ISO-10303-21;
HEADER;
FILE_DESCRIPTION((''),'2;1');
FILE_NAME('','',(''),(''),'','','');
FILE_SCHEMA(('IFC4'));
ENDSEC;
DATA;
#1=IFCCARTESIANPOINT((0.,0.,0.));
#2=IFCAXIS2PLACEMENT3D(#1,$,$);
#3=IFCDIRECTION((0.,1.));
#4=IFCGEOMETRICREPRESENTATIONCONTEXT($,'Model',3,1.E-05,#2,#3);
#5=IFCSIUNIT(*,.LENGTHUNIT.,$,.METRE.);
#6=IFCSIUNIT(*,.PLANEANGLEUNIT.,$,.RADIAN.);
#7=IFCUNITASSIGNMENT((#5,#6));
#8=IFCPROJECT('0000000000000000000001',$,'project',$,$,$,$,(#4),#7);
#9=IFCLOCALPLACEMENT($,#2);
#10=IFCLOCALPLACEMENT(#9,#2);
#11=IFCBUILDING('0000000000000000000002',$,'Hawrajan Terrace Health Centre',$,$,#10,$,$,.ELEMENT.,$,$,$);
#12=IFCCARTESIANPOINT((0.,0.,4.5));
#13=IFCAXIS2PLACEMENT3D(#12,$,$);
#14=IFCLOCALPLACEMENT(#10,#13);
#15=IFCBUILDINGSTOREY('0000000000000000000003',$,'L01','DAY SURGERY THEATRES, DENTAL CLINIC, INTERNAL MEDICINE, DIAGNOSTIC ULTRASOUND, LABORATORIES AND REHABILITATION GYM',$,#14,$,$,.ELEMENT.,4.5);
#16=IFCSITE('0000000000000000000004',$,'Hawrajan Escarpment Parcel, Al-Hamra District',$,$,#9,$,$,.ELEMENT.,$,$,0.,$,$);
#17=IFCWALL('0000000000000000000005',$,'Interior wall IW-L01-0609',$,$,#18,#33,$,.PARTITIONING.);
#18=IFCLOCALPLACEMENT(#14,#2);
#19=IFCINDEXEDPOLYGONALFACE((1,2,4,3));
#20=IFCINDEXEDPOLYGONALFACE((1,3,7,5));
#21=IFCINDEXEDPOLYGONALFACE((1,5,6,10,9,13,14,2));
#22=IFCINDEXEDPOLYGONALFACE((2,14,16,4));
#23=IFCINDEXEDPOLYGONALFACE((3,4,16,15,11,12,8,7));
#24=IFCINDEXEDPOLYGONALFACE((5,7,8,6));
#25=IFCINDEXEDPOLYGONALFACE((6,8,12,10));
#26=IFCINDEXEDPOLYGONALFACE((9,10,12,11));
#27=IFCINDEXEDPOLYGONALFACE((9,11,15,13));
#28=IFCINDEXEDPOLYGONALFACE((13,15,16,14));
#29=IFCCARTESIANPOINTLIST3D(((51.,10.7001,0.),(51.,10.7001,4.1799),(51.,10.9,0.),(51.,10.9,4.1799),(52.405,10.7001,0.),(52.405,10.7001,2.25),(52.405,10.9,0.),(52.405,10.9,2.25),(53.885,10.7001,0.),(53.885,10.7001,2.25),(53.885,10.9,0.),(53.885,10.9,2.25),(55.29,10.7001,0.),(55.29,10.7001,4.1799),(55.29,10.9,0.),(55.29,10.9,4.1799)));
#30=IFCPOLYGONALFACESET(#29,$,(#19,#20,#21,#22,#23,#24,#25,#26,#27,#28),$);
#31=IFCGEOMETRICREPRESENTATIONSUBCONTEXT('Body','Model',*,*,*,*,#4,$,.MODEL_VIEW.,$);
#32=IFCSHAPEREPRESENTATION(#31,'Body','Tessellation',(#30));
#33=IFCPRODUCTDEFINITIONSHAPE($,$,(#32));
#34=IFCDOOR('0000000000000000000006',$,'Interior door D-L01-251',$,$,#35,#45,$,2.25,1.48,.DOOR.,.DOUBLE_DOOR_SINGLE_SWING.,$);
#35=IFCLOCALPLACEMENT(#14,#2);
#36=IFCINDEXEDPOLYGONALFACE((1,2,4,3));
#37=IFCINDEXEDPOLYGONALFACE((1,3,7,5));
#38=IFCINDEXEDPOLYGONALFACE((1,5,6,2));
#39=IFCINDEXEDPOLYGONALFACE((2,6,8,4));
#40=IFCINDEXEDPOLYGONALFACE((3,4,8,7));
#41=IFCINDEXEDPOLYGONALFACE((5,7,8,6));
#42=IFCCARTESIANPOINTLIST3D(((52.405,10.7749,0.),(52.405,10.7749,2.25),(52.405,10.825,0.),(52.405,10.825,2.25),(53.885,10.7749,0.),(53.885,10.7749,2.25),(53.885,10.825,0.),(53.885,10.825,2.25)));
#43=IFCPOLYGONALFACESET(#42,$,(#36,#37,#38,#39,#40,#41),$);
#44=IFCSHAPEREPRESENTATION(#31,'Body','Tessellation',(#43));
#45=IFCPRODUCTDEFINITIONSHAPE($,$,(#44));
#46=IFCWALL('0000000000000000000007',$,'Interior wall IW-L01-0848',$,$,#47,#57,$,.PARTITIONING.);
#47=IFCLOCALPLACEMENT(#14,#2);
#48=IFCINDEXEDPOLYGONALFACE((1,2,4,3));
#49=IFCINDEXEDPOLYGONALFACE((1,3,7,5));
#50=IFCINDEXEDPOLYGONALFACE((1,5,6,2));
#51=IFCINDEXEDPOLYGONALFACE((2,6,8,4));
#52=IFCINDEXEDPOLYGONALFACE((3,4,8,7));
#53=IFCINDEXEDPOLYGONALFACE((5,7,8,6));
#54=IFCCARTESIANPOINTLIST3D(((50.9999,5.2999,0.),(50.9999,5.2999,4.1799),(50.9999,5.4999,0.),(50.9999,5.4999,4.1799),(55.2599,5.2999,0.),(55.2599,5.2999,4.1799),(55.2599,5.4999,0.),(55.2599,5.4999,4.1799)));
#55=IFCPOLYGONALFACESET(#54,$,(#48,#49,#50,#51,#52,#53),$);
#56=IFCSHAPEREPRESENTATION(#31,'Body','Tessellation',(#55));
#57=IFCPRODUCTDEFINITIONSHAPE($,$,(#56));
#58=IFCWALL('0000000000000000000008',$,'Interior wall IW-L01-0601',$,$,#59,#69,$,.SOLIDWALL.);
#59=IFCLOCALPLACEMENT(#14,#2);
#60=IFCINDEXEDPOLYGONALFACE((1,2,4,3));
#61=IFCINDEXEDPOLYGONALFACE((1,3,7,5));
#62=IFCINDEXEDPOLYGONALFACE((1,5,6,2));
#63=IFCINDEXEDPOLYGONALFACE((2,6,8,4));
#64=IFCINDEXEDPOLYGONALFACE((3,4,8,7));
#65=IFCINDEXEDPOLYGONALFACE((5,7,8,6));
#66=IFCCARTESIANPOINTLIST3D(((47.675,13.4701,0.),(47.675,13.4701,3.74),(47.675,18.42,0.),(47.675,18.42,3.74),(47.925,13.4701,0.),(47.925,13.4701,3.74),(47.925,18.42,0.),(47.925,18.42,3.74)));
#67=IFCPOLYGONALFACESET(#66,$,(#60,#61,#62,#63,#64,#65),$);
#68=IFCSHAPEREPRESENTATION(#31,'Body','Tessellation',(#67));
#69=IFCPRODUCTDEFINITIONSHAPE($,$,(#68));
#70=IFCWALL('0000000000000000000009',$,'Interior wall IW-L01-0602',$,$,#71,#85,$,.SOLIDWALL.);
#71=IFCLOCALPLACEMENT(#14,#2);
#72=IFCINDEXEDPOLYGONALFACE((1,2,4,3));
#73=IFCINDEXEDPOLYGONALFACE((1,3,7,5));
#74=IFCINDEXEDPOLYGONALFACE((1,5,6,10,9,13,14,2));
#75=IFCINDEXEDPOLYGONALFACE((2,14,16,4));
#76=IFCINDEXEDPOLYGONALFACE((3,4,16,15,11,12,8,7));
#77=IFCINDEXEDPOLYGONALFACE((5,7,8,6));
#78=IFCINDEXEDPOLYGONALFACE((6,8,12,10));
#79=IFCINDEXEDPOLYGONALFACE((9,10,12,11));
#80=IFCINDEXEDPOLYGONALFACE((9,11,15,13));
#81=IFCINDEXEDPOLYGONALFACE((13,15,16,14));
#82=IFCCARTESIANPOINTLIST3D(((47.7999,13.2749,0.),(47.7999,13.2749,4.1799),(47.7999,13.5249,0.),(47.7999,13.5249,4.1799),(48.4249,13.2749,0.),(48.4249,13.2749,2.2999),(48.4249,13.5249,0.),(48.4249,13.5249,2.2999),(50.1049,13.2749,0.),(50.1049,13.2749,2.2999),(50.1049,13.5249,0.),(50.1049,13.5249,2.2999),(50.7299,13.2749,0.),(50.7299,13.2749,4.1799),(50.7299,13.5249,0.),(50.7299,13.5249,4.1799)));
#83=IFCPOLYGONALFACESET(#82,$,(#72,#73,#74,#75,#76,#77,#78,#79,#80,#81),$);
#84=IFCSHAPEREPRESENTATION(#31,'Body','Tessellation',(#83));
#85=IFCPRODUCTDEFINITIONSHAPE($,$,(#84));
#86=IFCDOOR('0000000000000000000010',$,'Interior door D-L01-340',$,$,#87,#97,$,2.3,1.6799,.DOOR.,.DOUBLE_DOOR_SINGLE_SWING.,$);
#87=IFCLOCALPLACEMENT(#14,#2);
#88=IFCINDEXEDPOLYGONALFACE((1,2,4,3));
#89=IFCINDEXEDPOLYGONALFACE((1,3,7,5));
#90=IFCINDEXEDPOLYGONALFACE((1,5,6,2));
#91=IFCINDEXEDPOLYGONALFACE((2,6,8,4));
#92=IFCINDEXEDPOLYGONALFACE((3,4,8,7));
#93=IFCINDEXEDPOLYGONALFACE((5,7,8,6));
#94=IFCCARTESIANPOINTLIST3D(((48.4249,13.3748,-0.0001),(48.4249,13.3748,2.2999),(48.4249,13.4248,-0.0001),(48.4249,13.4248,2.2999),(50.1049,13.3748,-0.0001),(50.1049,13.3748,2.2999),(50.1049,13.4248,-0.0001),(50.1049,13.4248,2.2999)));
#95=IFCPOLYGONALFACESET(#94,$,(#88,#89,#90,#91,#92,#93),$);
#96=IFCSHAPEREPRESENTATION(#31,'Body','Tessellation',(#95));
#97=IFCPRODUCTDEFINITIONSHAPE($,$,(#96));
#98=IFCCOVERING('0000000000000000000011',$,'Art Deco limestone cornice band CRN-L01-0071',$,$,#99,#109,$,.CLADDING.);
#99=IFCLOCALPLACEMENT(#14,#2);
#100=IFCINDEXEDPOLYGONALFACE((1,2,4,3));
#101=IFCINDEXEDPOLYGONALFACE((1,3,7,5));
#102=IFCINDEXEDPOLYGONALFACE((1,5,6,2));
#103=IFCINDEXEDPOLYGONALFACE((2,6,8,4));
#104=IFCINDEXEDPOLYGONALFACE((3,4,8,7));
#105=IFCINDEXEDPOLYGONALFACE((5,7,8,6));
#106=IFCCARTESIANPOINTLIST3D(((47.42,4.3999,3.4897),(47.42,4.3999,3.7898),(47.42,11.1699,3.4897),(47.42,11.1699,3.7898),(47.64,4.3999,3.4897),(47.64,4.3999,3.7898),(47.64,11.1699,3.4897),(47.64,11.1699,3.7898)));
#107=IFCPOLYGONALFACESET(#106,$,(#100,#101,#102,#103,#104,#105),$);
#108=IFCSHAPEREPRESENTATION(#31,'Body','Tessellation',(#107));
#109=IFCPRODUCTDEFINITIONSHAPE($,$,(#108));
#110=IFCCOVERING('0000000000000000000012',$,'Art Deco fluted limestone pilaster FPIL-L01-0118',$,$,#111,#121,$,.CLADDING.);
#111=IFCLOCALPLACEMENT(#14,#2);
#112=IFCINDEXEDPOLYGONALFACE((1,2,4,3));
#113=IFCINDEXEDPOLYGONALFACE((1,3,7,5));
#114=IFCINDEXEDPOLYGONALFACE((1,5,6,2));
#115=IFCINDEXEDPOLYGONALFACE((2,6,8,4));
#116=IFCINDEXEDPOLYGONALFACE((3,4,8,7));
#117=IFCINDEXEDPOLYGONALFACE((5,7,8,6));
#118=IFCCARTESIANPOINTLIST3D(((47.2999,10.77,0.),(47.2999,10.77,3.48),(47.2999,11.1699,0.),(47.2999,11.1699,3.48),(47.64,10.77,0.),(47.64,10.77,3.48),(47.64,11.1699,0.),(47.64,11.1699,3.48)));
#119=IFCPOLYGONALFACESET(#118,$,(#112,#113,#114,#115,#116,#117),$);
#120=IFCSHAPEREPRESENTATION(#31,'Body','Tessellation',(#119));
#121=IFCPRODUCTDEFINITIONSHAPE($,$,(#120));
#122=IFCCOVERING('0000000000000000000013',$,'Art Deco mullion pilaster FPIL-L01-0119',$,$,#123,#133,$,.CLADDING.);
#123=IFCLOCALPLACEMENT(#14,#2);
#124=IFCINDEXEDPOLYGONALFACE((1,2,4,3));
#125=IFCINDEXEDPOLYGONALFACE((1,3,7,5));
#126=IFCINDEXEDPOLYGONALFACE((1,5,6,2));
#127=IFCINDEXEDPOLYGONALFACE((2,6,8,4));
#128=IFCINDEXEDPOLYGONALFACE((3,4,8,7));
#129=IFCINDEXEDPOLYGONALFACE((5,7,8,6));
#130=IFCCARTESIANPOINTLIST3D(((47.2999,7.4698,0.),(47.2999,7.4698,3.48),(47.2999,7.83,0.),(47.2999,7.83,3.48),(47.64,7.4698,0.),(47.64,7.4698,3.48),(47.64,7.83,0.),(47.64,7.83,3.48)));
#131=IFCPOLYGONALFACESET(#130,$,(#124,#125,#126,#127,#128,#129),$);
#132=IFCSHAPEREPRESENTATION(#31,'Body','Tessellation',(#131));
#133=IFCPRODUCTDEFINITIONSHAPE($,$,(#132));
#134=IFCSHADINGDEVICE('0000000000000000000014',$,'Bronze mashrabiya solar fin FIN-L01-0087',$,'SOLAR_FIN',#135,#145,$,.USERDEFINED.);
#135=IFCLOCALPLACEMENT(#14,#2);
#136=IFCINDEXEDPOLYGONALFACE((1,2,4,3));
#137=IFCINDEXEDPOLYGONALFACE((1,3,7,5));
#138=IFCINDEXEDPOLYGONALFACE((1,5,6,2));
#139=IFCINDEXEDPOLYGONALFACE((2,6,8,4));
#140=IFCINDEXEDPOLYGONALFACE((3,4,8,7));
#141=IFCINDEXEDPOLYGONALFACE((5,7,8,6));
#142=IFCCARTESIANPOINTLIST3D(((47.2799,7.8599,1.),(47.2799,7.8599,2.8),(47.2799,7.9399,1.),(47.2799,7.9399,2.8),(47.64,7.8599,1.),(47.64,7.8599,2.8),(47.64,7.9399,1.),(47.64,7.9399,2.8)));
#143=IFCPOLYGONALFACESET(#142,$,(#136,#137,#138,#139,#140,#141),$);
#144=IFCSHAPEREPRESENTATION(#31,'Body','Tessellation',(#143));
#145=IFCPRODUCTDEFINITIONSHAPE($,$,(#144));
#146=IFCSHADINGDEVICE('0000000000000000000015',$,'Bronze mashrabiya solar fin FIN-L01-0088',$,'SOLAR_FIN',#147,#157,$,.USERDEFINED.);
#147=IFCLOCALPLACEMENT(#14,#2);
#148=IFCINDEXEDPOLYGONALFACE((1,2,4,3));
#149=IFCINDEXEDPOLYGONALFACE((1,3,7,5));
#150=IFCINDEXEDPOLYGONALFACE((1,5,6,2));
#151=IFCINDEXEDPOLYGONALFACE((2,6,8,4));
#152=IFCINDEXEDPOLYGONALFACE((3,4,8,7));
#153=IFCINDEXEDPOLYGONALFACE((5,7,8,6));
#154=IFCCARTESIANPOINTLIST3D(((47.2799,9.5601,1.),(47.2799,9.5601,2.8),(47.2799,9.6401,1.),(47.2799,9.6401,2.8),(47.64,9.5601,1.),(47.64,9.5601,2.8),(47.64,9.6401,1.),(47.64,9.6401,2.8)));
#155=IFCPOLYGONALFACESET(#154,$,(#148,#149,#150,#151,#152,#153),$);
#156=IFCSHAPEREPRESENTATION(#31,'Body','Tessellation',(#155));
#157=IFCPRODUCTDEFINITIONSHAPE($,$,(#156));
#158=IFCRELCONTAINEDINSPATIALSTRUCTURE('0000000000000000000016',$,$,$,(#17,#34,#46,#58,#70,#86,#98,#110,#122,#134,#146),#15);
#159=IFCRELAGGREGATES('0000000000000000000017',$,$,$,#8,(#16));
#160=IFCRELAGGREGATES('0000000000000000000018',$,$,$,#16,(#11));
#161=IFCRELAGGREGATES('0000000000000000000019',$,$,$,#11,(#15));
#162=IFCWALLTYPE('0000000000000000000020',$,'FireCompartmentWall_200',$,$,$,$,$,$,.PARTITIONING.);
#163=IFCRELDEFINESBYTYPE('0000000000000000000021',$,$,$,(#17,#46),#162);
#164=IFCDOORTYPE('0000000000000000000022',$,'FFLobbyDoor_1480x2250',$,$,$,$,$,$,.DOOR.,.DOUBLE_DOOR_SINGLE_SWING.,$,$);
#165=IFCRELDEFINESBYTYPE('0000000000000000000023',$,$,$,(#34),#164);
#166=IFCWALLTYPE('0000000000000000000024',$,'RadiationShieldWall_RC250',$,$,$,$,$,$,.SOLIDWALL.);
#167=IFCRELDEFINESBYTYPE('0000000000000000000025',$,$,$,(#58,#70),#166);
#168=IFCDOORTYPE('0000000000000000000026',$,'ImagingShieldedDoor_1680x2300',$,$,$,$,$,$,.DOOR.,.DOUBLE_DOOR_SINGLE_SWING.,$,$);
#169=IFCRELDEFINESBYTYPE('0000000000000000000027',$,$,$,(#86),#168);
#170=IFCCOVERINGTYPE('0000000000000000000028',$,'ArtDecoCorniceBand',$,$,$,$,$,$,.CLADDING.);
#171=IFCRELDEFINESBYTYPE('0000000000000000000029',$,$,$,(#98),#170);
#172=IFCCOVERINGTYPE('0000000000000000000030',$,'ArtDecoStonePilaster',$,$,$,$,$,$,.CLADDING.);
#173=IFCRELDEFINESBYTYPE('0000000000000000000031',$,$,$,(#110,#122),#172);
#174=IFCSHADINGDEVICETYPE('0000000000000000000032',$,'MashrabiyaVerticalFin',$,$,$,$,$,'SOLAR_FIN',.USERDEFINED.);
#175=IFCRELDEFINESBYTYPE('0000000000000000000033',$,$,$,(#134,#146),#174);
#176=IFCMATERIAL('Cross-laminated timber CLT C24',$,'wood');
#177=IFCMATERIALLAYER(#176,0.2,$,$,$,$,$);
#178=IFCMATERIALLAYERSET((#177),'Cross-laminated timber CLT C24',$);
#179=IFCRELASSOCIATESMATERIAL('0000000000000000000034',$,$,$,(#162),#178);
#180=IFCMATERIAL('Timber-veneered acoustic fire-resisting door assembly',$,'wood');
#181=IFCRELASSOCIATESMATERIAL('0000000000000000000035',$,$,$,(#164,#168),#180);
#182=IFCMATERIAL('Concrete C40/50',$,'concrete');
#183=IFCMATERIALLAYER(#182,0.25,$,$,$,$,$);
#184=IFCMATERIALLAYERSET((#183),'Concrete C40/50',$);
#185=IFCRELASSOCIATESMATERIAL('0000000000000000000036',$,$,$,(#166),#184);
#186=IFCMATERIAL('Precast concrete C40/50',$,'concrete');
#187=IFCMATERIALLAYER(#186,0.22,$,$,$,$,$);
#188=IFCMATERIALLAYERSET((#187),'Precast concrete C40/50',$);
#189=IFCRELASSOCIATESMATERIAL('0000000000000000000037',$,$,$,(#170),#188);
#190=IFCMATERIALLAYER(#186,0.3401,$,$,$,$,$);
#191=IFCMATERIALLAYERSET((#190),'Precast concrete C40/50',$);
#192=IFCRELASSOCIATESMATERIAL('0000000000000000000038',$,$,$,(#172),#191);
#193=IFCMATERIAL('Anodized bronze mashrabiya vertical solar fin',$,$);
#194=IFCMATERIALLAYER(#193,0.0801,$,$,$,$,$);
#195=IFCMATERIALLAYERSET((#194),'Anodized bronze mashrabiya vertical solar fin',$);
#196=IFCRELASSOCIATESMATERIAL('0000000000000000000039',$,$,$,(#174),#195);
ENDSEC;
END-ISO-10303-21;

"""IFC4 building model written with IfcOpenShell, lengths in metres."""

from ifc_helpers import new_model, si_unit, direction, frame, frame_2d, origin, origin_2d, place, context, subcontext, project, spatial, rectangle, extrude, material, layer, layer_set, type_object, element, fill, save


model = new_model("IFC4")

# Units and contexts
model_context = context("Model", 3, precision=1e-05, world=origin(), true_north=direction((0.0, 1.0)))
body_context = subcontext(model_context, "Body", "Model", "MODEL_VIEW")
ifc_project = project(units=[si_unit("LENGTHUNIT", "METRE"), si_unit("PLANEANGLEUNIT", "RADIAN")], contexts=[model_context])

# Site, building, storey
site_placement = place(None, origin())
site = spatial("IfcSite", under=ifc_project, at=site_placement, Name="Hawrajan Escarpment Parcel, Al-Hamra District", CompositionType="ELEMENT", RefElevation=0.0)
building_placement = place(site_placement, origin())
building = spatial("IfcBuilding", under=site, at=building_placement, Name="Hawrajan Terrace Health Centre", CompositionType="ELEMENT")
storey_placement = place(building_placement, frame((0.0, 0.0, 4.5)))
storey = spatial("IfcBuildingStorey", under=building, at=storey_placement, Name="L01", Description="DAY SURGERY THEATRES, DENTAL CLINIC, INTERNAL MEDICINE, DIAGNOSTIC ULTRASOUND, LABORATORIES AND REHABILITATION GYM", CompositionType="ELEMENT", Elevation=4.5)

# Shared definitions
ifc_material_1 = material(Name="Concrete C40/50", Category="concrete")

# Wall, opening, door
ifc_material_2 = material(Name="Cross-laminated timber CLT C24", Category="wood")
ifc_layer_1 = layer(ifc_material_2, 0.2)
ifc_layer_set_1 = layer_set([ifc_layer_1], Name="Cross-laminated timber CLT C24")
wall_type_1 = type_object("IfcWallType", Name="FireCompartmentWall_200", PredefinedType="PARTITIONING", material=ifc_layer_set_1)
wall_1_placement = place(storey_placement, frame((51.0, 10.8, 0.0), z_axis=(0.0, 0.0, 1.0), x_axis=(1.0, 0.0, 0.0)))
wall_1 = element("IfcWall", 1, at=wall_1_placement, inside=storey, type_object=wall_type_1, Name="Interior wall IW-L01-0609", PredefinedType="PARTITIONING", context=body_context, shape_type="SweptSolid", body=[
    extrude(rectangle(XDim=4.29, YDim=0.2, at=frame_2d((2.145, 0.0))), origin(), (0.0, 0.0, 1.0), 4.1799),
])
opening_1_placement = place(wall_1_placement, frame((1.405, 0.0, 0.0)))
opening_1 = element("IfcOpeningElement", 2, at=opening_1_placement, cuts=wall_1, PredefinedType="OPENING", context=body_context, shape_type="SweptSolid", body=[
    extrude(rectangle(XDim=1.48, YDim=2.25, at=frame_2d((0.74, 1.125))), frame((0.0, 0.1099, 0.0), z_axis=(0.0, -1.0, 0.0), x_axis=(1.0, 0.0, 0.0)), (0.0, 0.0, 1.0), 0.22),
])
ifc_material_3 = material(Name="Timber-veneered acoustic fire-resisting door assembly", Category="wood")
door_type_1 = type_object("IfcDoorType", Name="FFLobbyDoor_1480x2250", OperationType="DOUBLE_DOOR_SINGLE_SWING", PredefinedType="DOOR", material=ifc_material_3)
door_1_placement = place(opening_1_placement, origin())
door_1 = element("IfcDoor", 3, at=door_1_placement, inside=storey, type_object=door_type_1, Name="Interior door D-L01-251", OperationType="DOUBLE_DOOR_SINGLE_SWING", OverallHeight=2.25, OverallWidth=1.48, PredefinedType="DOOR", context=body_context, shape_type="SweptSolid", body=[
    extrude(rectangle(XDim=1.48, YDim=2.25, at=frame_2d((0.74, 1.125))), frame((0.0, 0.0249, 0.0), z_axis=(0.0, -1.0, 0.0), x_axis=(1.0, 0.0, 0.0)), (0.0, 0.0, 1.0), 0.05),
])
fill(opening_1, door_1)

# Walls
wall_2_placement = place(storey_placement, frame((51.0, 5.3999, 0.0), z_axis=(0.0, 0.0, 1.0), x_axis=(1.0, 0.0, 0.0)))
element("IfcWall", 4, at=wall_2_placement, inside=storey, type_object=wall_type_1, Name="Interior wall IW-L01-0848", PredefinedType="PARTITIONING", context=body_context, shape_type="SweptSolid", body=[
    extrude(rectangle(XDim=4.26, YDim=0.2, at=frame_2d((2.1299, 0.0))), origin(), (0.0, 0.0, 1.0), 4.1799),
])
ifc_layer_2 = layer(ifc_material_1, 0.25)
ifc_layer_set_2 = layer_set([ifc_layer_2], Name="Concrete C40/50")
wall_type_2 = type_object("IfcWallType", Name="RadiationShieldWall_RC250", PredefinedType="SOLIDWALL", material=ifc_layer_set_2)
wall_3_placement = place(storey_placement, frame((47.8, 13.47, 0.0), z_axis=(0.0, 0.0, 1.0), x_axis=(0.0, 1.0, 0.0)))
element("IfcWall", 5, at=wall_3_placement, inside=storey, type_object=wall_type_2, Name="Interior wall IW-L01-0601", PredefinedType="SOLIDWALL", context=body_context, shape_type="SweptSolid", body=[
    extrude(rectangle(XDim=4.95, YDim=0.25, at=frame_2d((2.4751, 0.0))), origin(), (0.0, 0.0, 1.0), 3.74),
])

# Wall, opening, door
wall_4_placement = place(storey_placement, frame((47.8, 13.3999, 0.0), z_axis=(0.0, 0.0, 1.0), x_axis=(1.0, 0.0, 0.0)))
wall_4 = element("IfcWall", 6, at=wall_4_placement, inside=storey, type_object=wall_type_2, Name="Interior wall IW-L01-0602", PredefinedType="SOLIDWALL", context=body_context, shape_type="SweptSolid", body=[
    extrude(rectangle(XDim=2.9299, YDim=0.25, at=frame_2d((1.4648, 0.0))), origin(), (0.0, 0.0, 1.0), 4.1799),
])
opening_2_placement = place(wall_4_placement, frame((0.625, 0.0, 0.0)))
opening_2 = element("IfcOpeningElement", 7, at=opening_2_placement, cuts=wall_4, PredefinedType="OPENING", context=body_context, shape_type="SweptSolid", body=[
    extrude(rectangle(XDim=1.6799, YDim=2.3, at=frame_2d((0.8398, 1.1499))), frame((0.0, 0.135, 0.0), z_axis=(0.0, -1.0, 0.0), x_axis=(1.0, 0.0, 0.0)), (0.0, 0.0, 1.0), 0.27),
])
door_type_2 = type_object("IfcDoorType", Name="ImagingShieldedDoor_1680x2300", OperationType="DOUBLE_DOOR_SINGLE_SWING", PredefinedType="DOOR", material=ifc_material_3)
door_2_placement = place(opening_2_placement, origin())
door_2 = element("IfcDoor", 8, at=door_2_placement, inside=storey, type_object=door_type_2, Name="Interior door D-L01-340", OperationType="DOUBLE_DOOR_SINGLE_SWING", OverallHeight=2.3, OverallWidth=1.6799, PredefinedType="DOOR", context=body_context, shape_type="SweptSolid", body=[
    extrude(rectangle(XDim=1.6799, YDim=2.3, at=frame_2d((0.8398, 1.1499))), frame((0.0, 0.0249, 0.0), z_axis=(0.0, -1.0, 0.0), x_axis=(1.0, 0.0, 0.0)), (0.0, 0.0, 1.0), 0.05),
])
fill(opening_2, door_2)

# Coverings
ifc_material_4 = material(Name="Precast concrete C40/50", Category="concrete")
ifc_layer_3 = layer(ifc_material_4, 0.22)
ifc_layer_set_3 = layer_set([ifc_layer_3], Name="Precast concrete C40/50")
covering_type_1 = type_object("IfcCoveringType", Name="ArtDecoCorniceBand", PredefinedType="CLADDING", material=ifc_layer_set_3)
covering_1_placement = place(storey_placement, frame((47.53, 7.7849, 3.4897), z_axis=(0.0, 0.0, 1.0), x_axis=(0.0, 1.0, 0.0)))
element("IfcCovering", 9, at=covering_1_placement, inside=storey, type_object=covering_type_1, Name="Art Deco limestone cornice band CRN-L01-0071", PredefinedType="CLADDING", context=body_context, shape_type="SweptSolid", body=[
    extrude(rectangle(XDim=6.77, YDim=0.22, at=origin_2d()), origin(), (0.0, 0.0, 1.0), 0.3),
])
ifc_layer_4 = layer(ifc_material_4, 0.3401)
ifc_layer_set_4 = layer_set([ifc_layer_4], Name="Precast concrete C40/50")
covering_type_2 = type_object("IfcCoveringType", Name="ArtDecoStonePilaster", PredefinedType="CLADDING", material=ifc_layer_set_4)
covering_2_placement = place(storey_placement, frame((47.47, 10.97, 0.0), z_axis=(0.0, 0.0, 1.0), x_axis=(0.0, 1.0, 0.0)))
element("IfcCovering", 10, at=covering_2_placement, inside=storey, type_object=covering_type_2, Name="Art Deco fluted limestone pilaster FPIL-L01-0118", PredefinedType="CLADDING", context=body_context, shape_type="SweptSolid", body=[
    extrude(rectangle(XDim=0.3999, YDim=0.3401, at=origin_2d()), origin(), (0.0, 0.0, 1.0), 3.48),
])
covering_3_placement = place(storey_placement, frame((47.47, 7.6499, 0.0), z_axis=(0.0, 0.0, 1.0), x_axis=(0.0, 1.0, 0.0)))
element("IfcCovering", 11, at=covering_3_placement, inside=storey, type_object=covering_type_2, Name="Art Deco mullion pilaster FPIL-L01-0119", PredefinedType="CLADDING", context=body_context, shape_type="SweptSolid", body=[
    extrude(rectangle(XDim=0.3601, YDim=0.3401, at=origin_2d()), origin(), (0.0, 0.0, 1.0), 3.48),
])

# Shading devices
ifc_material_5 = material(Name="Anodized bronze mashrabiya vertical solar fin")
ifc_layer_5 = layer(ifc_material_5, 0.0801)
ifc_layer_set_5 = layer_set([ifc_layer_5], Name="Anodized bronze mashrabiya vertical solar fin")
shading_device_type = type_object("IfcShadingDeviceType", Name="MashrabiyaVerticalFin", ElementType="SOLAR_FIN", PredefinedType="USERDEFINED", material=ifc_layer_set_5)
for number, where, z_axis, x_axis, name in (
    (12, (47.46, 7.8999, 1.0), (0.0, 0.0, 1.0), (0.0, 1.0, 0.0), "Bronze mashrabiya solar fin FIN-L01-0087"),
    (13, (47.46, 9.6001, 1.0), (0.0, 0.0, 1.0), (0.0, 1.0, 0.0), "Bronze mashrabiya solar fin FIN-L01-0088"),
):
    element("IfcShadingDevice", number, at=place(storey_placement, frame(where, z_axis=z_axis, x_axis=x_axis)), inside=storey, type_object=shading_device_type, Name=name, ObjectType="SOLAR_FIN", PredefinedType="USERDEFINED", context=body_context, shape_type="SweptSolid", body=[
        extrude(rectangle(XDim=0.0801, YDim=0.3601, at=origin_2d()), origin(), (0.0, 0.0, 1.0), 1.8),
    ])

save(model, "model.ifc")
